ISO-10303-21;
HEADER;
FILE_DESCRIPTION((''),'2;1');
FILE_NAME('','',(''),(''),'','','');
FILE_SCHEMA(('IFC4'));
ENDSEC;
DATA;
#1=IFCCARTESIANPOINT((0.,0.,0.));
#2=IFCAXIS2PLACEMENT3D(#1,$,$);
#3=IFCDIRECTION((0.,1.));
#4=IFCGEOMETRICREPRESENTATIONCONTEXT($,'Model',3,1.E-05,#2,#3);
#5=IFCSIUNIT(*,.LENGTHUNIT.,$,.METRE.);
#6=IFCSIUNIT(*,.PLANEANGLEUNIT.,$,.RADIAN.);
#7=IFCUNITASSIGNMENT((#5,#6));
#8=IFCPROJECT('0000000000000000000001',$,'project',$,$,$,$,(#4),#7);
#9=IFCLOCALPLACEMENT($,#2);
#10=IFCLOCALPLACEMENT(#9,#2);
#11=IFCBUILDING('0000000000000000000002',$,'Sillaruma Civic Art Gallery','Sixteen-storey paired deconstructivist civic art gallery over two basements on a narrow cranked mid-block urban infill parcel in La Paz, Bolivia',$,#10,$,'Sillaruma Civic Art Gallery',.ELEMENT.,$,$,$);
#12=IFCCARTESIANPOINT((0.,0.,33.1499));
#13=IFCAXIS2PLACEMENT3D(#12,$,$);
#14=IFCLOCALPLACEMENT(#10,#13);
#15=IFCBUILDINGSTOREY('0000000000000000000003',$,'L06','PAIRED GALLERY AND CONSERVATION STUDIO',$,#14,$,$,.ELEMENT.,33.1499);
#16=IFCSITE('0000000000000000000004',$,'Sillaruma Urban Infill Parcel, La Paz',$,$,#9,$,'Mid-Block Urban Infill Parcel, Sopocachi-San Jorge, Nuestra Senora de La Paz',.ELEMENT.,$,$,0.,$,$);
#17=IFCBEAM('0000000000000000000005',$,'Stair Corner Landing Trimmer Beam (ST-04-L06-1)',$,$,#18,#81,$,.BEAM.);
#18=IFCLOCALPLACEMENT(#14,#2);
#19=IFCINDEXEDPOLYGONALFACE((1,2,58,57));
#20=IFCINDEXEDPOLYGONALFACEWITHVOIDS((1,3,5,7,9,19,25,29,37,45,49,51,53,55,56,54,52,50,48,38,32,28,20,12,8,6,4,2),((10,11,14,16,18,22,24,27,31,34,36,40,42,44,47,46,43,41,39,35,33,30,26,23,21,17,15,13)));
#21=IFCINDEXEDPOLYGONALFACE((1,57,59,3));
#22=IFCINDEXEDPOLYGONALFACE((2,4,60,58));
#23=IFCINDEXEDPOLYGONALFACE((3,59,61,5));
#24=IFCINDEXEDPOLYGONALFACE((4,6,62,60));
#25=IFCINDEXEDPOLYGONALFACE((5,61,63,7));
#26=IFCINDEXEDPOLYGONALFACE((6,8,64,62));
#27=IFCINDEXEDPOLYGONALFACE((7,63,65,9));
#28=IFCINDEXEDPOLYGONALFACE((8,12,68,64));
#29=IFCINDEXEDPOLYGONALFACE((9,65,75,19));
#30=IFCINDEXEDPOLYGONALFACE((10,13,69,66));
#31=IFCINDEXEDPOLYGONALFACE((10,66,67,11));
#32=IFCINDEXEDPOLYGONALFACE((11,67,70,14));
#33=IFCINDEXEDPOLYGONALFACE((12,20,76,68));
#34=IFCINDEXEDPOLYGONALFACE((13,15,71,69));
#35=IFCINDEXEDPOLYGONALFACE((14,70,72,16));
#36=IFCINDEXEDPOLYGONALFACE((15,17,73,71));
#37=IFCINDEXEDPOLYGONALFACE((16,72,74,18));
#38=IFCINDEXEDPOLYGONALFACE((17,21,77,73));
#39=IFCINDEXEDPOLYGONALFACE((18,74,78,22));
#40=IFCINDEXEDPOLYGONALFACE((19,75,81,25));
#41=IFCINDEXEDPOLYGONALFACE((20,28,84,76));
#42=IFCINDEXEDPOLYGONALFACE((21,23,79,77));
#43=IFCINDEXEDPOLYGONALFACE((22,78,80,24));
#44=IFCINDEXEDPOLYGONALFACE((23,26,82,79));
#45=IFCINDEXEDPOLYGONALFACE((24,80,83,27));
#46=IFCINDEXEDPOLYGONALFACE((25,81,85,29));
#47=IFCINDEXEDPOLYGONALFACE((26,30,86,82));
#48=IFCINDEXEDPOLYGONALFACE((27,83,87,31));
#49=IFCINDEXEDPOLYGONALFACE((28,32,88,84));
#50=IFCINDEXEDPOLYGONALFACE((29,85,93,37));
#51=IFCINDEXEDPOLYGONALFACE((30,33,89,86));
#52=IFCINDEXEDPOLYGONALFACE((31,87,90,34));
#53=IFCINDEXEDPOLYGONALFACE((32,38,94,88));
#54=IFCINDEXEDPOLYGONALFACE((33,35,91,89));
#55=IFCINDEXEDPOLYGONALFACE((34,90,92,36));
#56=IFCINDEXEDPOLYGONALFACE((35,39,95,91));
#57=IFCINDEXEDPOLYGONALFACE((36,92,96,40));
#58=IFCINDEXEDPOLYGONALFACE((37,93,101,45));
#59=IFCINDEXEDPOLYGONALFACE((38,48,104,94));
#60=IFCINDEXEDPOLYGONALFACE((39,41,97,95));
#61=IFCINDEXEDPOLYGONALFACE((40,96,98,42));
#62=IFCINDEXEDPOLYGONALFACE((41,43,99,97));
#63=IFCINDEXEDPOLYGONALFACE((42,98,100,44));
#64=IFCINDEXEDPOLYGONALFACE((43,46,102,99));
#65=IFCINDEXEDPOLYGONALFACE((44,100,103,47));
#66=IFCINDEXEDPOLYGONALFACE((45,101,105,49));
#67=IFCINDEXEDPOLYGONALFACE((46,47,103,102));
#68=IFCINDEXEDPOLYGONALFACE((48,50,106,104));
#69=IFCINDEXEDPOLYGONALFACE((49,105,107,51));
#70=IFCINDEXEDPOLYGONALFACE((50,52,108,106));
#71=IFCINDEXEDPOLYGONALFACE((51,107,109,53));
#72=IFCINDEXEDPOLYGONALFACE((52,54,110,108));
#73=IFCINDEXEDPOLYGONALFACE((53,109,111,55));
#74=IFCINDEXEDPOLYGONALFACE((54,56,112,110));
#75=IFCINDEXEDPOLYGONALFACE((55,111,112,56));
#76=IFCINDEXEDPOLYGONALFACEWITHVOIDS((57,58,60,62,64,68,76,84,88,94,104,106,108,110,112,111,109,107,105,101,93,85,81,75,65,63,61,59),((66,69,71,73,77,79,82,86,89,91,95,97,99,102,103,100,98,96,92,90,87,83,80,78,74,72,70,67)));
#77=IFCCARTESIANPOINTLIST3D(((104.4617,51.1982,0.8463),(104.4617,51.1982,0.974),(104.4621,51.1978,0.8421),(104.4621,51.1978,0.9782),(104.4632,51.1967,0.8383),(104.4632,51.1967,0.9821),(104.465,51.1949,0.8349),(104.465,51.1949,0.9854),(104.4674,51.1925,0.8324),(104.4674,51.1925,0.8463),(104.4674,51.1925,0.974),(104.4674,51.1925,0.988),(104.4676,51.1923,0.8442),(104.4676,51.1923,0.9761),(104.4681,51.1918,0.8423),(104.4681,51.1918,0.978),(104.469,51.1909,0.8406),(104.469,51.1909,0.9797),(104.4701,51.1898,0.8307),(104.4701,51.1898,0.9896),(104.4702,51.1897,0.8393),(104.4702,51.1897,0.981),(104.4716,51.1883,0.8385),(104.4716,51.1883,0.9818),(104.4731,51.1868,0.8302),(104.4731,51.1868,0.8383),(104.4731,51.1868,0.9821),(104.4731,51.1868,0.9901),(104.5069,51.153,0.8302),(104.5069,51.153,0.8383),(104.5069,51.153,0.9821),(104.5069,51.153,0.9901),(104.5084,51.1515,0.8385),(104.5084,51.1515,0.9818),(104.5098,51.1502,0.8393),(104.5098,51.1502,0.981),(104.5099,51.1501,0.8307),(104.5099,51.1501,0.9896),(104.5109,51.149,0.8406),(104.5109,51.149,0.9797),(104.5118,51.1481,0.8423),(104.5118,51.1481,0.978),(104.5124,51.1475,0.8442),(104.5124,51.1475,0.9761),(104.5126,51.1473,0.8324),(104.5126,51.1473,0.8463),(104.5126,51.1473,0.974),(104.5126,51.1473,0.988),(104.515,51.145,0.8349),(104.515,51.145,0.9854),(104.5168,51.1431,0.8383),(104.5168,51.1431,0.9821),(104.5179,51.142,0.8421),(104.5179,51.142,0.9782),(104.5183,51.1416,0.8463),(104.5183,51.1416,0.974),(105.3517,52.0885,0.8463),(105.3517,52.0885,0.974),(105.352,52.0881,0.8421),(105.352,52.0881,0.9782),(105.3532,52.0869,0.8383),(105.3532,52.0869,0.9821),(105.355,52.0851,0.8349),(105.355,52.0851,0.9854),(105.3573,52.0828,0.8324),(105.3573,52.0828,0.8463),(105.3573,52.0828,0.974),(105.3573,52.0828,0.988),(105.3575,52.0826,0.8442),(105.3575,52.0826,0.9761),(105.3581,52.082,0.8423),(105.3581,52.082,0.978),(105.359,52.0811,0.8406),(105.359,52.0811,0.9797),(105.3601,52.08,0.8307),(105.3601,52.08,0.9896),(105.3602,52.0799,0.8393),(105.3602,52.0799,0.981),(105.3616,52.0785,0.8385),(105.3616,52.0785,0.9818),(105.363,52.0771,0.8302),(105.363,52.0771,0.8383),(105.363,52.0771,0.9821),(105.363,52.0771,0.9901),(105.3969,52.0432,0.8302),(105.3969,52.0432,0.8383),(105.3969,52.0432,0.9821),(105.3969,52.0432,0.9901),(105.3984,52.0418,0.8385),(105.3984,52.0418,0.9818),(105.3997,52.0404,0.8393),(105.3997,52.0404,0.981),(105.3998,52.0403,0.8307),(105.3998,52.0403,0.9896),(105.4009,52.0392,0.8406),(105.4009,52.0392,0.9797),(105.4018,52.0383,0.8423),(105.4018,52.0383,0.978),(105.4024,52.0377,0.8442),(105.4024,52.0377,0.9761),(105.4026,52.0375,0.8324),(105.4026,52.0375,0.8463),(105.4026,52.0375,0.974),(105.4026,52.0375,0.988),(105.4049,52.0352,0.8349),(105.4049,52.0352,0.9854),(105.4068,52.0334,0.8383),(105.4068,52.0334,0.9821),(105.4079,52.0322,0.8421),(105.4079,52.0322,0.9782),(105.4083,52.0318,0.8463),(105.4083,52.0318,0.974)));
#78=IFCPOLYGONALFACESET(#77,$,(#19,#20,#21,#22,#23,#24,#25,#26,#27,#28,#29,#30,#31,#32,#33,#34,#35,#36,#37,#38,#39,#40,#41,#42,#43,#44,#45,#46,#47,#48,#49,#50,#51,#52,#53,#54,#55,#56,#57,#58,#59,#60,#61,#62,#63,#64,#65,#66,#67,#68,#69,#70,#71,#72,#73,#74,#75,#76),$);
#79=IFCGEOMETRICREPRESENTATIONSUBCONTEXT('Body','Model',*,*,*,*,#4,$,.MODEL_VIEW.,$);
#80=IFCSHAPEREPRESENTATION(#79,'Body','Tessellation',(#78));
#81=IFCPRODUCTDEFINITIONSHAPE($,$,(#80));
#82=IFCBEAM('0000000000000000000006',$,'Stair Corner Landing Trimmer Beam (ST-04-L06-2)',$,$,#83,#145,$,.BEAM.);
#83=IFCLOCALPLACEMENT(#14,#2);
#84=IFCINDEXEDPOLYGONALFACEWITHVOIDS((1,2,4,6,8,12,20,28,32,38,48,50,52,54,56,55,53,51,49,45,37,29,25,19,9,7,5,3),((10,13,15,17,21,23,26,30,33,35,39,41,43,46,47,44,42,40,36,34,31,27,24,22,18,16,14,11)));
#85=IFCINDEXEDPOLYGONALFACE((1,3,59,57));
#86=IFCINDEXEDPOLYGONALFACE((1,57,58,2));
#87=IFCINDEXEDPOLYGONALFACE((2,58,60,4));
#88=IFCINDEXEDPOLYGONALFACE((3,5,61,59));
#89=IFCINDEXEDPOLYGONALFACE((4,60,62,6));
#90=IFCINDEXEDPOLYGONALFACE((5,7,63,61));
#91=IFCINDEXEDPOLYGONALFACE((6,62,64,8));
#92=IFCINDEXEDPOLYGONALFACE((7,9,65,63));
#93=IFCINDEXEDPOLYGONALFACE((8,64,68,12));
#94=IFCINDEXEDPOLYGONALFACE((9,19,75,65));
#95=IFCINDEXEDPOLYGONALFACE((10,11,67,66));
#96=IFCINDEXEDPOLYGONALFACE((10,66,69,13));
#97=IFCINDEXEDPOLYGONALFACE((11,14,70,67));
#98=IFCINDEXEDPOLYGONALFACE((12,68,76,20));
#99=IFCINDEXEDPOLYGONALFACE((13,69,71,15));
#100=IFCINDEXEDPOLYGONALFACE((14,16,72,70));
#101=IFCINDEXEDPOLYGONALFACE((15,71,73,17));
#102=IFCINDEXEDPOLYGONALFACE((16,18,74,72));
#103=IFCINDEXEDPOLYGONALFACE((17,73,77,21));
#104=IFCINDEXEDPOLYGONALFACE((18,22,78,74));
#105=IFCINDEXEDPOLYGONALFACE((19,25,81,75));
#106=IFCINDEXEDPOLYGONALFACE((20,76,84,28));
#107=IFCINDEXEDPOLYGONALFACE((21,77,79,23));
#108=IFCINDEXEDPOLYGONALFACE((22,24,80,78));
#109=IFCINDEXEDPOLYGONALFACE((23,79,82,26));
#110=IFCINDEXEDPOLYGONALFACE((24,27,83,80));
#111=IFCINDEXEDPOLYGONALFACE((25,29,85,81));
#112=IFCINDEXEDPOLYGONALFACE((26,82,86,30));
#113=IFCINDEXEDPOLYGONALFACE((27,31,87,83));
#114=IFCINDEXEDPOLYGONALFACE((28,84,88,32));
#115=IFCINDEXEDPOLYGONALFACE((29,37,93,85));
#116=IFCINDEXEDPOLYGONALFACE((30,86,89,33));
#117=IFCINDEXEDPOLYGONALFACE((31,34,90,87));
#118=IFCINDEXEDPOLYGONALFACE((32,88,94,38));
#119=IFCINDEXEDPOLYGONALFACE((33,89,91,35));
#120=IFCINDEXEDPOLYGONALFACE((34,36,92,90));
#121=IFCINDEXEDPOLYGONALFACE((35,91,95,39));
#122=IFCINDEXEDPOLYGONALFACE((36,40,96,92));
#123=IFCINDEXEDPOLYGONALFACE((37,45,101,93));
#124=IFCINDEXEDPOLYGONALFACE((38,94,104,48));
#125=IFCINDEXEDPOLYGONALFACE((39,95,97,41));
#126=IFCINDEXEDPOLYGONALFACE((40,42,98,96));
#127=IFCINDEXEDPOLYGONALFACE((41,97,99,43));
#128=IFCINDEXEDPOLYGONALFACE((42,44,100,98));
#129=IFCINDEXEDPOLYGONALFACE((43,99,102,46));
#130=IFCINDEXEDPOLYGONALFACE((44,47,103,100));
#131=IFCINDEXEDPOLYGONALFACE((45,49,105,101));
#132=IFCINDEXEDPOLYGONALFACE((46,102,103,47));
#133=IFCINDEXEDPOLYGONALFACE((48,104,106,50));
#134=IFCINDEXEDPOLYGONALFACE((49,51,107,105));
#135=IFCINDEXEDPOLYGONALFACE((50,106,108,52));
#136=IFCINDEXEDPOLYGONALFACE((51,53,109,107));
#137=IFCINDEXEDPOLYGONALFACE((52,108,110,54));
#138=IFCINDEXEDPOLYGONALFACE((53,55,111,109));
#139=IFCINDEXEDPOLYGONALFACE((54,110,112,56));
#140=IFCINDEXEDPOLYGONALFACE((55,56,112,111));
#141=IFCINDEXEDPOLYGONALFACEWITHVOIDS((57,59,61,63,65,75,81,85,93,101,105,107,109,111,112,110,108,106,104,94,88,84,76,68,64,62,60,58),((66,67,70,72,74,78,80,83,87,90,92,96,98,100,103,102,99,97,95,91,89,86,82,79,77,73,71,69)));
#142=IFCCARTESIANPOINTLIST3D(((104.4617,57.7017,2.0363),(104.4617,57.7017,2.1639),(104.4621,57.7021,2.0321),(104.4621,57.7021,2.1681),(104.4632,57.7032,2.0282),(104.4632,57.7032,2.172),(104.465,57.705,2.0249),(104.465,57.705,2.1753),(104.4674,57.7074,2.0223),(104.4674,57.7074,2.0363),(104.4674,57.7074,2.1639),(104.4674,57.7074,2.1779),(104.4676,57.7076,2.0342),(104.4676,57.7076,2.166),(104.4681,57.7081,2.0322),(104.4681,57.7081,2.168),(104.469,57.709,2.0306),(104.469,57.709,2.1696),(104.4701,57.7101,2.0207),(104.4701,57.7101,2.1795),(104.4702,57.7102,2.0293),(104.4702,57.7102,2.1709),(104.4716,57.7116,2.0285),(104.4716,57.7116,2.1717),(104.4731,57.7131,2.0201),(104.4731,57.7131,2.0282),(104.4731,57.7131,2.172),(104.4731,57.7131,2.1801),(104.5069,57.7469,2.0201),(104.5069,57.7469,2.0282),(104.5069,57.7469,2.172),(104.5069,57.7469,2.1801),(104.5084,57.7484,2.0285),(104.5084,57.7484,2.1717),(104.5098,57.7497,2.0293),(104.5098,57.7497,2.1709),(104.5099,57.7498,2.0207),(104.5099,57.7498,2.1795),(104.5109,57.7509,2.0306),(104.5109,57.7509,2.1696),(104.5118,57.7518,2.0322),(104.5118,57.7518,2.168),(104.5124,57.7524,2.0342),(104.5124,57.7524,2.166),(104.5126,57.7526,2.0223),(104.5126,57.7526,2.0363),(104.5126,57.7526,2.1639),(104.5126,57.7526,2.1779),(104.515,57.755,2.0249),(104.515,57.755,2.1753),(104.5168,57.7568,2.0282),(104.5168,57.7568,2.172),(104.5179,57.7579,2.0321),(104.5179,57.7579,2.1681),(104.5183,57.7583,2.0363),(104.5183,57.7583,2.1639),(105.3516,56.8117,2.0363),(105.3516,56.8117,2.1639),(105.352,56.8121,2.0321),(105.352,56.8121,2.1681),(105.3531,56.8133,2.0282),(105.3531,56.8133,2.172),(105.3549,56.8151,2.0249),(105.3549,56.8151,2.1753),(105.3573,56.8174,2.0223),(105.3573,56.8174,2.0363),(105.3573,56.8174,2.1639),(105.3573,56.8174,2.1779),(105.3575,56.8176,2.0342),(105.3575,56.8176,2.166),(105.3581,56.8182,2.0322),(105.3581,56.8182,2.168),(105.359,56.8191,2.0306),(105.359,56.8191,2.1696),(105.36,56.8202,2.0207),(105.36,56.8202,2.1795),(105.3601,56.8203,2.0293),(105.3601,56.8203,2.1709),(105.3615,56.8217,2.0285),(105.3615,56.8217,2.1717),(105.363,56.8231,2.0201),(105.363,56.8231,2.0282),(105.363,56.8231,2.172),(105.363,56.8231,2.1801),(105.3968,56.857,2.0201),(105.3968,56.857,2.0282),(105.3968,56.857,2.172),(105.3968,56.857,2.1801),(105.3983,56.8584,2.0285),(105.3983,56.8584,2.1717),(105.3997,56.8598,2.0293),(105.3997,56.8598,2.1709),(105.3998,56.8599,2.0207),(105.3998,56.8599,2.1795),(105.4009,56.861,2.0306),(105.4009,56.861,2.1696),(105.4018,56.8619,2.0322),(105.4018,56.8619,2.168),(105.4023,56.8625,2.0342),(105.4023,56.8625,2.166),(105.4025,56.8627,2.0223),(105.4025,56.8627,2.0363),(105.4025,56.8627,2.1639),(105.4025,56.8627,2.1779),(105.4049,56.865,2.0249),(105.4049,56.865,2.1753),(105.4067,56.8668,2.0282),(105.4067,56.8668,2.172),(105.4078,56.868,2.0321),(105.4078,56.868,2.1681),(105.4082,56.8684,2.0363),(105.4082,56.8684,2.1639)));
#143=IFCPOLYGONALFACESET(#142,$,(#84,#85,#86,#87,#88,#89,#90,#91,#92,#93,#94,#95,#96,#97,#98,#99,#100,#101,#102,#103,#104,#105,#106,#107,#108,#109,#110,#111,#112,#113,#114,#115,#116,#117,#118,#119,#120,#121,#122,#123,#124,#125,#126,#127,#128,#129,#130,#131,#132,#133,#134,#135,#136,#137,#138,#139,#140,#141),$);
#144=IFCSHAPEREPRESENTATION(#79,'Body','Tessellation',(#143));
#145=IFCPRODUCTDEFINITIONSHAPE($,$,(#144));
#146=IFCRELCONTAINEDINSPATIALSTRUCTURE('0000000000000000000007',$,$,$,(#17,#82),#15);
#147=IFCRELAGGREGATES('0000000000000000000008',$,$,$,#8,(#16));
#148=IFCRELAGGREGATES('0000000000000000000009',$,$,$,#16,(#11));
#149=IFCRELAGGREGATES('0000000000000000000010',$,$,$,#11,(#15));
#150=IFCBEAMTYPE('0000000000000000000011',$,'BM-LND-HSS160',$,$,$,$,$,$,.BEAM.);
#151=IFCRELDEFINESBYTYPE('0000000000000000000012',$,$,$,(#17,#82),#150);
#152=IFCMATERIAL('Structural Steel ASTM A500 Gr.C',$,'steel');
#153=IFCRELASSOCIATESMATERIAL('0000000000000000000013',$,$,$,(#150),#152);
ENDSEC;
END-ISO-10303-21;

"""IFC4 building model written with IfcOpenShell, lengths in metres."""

from ifc_helpers import new_model, si_unit, direction, frame, origin, origin_2d, place, context, subcontext, project, spatial, hollow_rectangle, extrude, material, material_profile, profile_set, type_object, element, save


model = new_model("IFC4")

# Units and contexts
model_context = context("Model", 3, precision=1e-05, world=origin(), true_north=direction((0.0, 1.0)))
body_context = subcontext(model_context, "Body", "Model", "MODEL_VIEW")
ifc_project = project(units=[si_unit("LENGTHUNIT", "METRE"), si_unit("PLANEANGLEUNIT", "RADIAN")], contexts=[model_context])

# Site, building, storey
site_placement = place(None, origin())
site = spatial("IfcSite", under=ifc_project, at=site_placement, Name="Sillaruma Urban Infill Parcel, La Paz", LongName="Mid-Block Urban Infill Parcel, Sopocachi-San Jorge, Nuestra Senora de La Paz", CompositionType="ELEMENT", RefElevation=0.0)
building_placement = place(site_placement, origin())
building = spatial("IfcBuilding", under=site, at=building_placement, Name="Sillaruma Civic Art Gallery", Description="Sixteen-storey paired deconstructivist civic art gallery over two basements on a narrow cranked mid-block urban infill parcel in La Paz, Bolivia", LongName="Sillaruma Civic Art Gallery", CompositionType="ELEMENT")
storey_placement = place(building_placement, frame((0.0, 0.0, 33.1499)))
storey = spatial("IfcBuildingStorey", under=building, at=storey_placement, Name="L06", Description="PAIRED GALLERY AND CONSERVATION STUDIO", CompositionType="ELEMENT", Elevation=33.1499)

# Beams
ifc_material_1 = material(Name="Structural Steel ASTM A500 Gr.C", Category="steel")
ifc_material_profile_1 = material_profile(ifc_material_1, hollow_rectangle(XDim=0.0801, YDim=0.1599, WallThickness=0.0081, InnerFilletRadius=0.0081, OuterFilletRadius=0.0161, at=origin_2d()), Name="HSS160x80x8")
ifc_profile_set_1 = profile_set([ifc_material_profile_1], Name="Structural Steel ASTM A500 Gr.C")
beam_type_1 = type_object("IfcBeamType", Name="BM-LND-HSS160", PredefinedType="BEAM", material=ifc_profile_set_1)
beam_1_placement = place(storey_placement, frame((104.49, 51.1699, 0.9102), z_axis=(0.70701, 0.707204, 0.0), x_axis=(-0.707204, 0.70701, 0.0)))
element("IfcBeam", 1, at=beam_1_placement, inside=storey, type_object=beam_type_1, Name="Stair Corner Landing Trimmer Beam (ST-04-L06-1)", PredefinedType="BEAM", context=body_context, shape_type="SweptSolid", body=[
    extrude(hollow_rectangle(XDim=0.0801, YDim=0.1599, WallThickness=0.0081, InnerFilletRadius=0.0081, OuterFilletRadius=0.0161, at=origin_2d()), origin(), (0.0, 0.0, 1.0), 1.2588),
])
for number, where, z_axis, x_axis, name in (
    (2, (104.49, 57.73, 2.1001), (0.707107, -0.707107, 0.0), (0.707107, 0.707107, 0.0), "Stair Corner Landing Trimmer Beam (ST-04-L06-2)"),
):
    element("IfcBeam", number, at=place(storey_placement, frame(where, z_axis=z_axis, x_axis=x_axis)), inside=storey, type_object=beam_type_1, Name=name, PredefinedType="BEAM", context=body_context, shape_type="SweptSolid", body=[
        extrude(hollow_rectangle(XDim=0.0801, YDim=0.1599, WallThickness=0.0081, InnerFilletRadius=0.0081, OuterFilletRadius=0.0161, at=origin_2d()), origin(), (0.0, 0.0, 1.0), 1.2585),
    ])

save(model, "model.ifc")
